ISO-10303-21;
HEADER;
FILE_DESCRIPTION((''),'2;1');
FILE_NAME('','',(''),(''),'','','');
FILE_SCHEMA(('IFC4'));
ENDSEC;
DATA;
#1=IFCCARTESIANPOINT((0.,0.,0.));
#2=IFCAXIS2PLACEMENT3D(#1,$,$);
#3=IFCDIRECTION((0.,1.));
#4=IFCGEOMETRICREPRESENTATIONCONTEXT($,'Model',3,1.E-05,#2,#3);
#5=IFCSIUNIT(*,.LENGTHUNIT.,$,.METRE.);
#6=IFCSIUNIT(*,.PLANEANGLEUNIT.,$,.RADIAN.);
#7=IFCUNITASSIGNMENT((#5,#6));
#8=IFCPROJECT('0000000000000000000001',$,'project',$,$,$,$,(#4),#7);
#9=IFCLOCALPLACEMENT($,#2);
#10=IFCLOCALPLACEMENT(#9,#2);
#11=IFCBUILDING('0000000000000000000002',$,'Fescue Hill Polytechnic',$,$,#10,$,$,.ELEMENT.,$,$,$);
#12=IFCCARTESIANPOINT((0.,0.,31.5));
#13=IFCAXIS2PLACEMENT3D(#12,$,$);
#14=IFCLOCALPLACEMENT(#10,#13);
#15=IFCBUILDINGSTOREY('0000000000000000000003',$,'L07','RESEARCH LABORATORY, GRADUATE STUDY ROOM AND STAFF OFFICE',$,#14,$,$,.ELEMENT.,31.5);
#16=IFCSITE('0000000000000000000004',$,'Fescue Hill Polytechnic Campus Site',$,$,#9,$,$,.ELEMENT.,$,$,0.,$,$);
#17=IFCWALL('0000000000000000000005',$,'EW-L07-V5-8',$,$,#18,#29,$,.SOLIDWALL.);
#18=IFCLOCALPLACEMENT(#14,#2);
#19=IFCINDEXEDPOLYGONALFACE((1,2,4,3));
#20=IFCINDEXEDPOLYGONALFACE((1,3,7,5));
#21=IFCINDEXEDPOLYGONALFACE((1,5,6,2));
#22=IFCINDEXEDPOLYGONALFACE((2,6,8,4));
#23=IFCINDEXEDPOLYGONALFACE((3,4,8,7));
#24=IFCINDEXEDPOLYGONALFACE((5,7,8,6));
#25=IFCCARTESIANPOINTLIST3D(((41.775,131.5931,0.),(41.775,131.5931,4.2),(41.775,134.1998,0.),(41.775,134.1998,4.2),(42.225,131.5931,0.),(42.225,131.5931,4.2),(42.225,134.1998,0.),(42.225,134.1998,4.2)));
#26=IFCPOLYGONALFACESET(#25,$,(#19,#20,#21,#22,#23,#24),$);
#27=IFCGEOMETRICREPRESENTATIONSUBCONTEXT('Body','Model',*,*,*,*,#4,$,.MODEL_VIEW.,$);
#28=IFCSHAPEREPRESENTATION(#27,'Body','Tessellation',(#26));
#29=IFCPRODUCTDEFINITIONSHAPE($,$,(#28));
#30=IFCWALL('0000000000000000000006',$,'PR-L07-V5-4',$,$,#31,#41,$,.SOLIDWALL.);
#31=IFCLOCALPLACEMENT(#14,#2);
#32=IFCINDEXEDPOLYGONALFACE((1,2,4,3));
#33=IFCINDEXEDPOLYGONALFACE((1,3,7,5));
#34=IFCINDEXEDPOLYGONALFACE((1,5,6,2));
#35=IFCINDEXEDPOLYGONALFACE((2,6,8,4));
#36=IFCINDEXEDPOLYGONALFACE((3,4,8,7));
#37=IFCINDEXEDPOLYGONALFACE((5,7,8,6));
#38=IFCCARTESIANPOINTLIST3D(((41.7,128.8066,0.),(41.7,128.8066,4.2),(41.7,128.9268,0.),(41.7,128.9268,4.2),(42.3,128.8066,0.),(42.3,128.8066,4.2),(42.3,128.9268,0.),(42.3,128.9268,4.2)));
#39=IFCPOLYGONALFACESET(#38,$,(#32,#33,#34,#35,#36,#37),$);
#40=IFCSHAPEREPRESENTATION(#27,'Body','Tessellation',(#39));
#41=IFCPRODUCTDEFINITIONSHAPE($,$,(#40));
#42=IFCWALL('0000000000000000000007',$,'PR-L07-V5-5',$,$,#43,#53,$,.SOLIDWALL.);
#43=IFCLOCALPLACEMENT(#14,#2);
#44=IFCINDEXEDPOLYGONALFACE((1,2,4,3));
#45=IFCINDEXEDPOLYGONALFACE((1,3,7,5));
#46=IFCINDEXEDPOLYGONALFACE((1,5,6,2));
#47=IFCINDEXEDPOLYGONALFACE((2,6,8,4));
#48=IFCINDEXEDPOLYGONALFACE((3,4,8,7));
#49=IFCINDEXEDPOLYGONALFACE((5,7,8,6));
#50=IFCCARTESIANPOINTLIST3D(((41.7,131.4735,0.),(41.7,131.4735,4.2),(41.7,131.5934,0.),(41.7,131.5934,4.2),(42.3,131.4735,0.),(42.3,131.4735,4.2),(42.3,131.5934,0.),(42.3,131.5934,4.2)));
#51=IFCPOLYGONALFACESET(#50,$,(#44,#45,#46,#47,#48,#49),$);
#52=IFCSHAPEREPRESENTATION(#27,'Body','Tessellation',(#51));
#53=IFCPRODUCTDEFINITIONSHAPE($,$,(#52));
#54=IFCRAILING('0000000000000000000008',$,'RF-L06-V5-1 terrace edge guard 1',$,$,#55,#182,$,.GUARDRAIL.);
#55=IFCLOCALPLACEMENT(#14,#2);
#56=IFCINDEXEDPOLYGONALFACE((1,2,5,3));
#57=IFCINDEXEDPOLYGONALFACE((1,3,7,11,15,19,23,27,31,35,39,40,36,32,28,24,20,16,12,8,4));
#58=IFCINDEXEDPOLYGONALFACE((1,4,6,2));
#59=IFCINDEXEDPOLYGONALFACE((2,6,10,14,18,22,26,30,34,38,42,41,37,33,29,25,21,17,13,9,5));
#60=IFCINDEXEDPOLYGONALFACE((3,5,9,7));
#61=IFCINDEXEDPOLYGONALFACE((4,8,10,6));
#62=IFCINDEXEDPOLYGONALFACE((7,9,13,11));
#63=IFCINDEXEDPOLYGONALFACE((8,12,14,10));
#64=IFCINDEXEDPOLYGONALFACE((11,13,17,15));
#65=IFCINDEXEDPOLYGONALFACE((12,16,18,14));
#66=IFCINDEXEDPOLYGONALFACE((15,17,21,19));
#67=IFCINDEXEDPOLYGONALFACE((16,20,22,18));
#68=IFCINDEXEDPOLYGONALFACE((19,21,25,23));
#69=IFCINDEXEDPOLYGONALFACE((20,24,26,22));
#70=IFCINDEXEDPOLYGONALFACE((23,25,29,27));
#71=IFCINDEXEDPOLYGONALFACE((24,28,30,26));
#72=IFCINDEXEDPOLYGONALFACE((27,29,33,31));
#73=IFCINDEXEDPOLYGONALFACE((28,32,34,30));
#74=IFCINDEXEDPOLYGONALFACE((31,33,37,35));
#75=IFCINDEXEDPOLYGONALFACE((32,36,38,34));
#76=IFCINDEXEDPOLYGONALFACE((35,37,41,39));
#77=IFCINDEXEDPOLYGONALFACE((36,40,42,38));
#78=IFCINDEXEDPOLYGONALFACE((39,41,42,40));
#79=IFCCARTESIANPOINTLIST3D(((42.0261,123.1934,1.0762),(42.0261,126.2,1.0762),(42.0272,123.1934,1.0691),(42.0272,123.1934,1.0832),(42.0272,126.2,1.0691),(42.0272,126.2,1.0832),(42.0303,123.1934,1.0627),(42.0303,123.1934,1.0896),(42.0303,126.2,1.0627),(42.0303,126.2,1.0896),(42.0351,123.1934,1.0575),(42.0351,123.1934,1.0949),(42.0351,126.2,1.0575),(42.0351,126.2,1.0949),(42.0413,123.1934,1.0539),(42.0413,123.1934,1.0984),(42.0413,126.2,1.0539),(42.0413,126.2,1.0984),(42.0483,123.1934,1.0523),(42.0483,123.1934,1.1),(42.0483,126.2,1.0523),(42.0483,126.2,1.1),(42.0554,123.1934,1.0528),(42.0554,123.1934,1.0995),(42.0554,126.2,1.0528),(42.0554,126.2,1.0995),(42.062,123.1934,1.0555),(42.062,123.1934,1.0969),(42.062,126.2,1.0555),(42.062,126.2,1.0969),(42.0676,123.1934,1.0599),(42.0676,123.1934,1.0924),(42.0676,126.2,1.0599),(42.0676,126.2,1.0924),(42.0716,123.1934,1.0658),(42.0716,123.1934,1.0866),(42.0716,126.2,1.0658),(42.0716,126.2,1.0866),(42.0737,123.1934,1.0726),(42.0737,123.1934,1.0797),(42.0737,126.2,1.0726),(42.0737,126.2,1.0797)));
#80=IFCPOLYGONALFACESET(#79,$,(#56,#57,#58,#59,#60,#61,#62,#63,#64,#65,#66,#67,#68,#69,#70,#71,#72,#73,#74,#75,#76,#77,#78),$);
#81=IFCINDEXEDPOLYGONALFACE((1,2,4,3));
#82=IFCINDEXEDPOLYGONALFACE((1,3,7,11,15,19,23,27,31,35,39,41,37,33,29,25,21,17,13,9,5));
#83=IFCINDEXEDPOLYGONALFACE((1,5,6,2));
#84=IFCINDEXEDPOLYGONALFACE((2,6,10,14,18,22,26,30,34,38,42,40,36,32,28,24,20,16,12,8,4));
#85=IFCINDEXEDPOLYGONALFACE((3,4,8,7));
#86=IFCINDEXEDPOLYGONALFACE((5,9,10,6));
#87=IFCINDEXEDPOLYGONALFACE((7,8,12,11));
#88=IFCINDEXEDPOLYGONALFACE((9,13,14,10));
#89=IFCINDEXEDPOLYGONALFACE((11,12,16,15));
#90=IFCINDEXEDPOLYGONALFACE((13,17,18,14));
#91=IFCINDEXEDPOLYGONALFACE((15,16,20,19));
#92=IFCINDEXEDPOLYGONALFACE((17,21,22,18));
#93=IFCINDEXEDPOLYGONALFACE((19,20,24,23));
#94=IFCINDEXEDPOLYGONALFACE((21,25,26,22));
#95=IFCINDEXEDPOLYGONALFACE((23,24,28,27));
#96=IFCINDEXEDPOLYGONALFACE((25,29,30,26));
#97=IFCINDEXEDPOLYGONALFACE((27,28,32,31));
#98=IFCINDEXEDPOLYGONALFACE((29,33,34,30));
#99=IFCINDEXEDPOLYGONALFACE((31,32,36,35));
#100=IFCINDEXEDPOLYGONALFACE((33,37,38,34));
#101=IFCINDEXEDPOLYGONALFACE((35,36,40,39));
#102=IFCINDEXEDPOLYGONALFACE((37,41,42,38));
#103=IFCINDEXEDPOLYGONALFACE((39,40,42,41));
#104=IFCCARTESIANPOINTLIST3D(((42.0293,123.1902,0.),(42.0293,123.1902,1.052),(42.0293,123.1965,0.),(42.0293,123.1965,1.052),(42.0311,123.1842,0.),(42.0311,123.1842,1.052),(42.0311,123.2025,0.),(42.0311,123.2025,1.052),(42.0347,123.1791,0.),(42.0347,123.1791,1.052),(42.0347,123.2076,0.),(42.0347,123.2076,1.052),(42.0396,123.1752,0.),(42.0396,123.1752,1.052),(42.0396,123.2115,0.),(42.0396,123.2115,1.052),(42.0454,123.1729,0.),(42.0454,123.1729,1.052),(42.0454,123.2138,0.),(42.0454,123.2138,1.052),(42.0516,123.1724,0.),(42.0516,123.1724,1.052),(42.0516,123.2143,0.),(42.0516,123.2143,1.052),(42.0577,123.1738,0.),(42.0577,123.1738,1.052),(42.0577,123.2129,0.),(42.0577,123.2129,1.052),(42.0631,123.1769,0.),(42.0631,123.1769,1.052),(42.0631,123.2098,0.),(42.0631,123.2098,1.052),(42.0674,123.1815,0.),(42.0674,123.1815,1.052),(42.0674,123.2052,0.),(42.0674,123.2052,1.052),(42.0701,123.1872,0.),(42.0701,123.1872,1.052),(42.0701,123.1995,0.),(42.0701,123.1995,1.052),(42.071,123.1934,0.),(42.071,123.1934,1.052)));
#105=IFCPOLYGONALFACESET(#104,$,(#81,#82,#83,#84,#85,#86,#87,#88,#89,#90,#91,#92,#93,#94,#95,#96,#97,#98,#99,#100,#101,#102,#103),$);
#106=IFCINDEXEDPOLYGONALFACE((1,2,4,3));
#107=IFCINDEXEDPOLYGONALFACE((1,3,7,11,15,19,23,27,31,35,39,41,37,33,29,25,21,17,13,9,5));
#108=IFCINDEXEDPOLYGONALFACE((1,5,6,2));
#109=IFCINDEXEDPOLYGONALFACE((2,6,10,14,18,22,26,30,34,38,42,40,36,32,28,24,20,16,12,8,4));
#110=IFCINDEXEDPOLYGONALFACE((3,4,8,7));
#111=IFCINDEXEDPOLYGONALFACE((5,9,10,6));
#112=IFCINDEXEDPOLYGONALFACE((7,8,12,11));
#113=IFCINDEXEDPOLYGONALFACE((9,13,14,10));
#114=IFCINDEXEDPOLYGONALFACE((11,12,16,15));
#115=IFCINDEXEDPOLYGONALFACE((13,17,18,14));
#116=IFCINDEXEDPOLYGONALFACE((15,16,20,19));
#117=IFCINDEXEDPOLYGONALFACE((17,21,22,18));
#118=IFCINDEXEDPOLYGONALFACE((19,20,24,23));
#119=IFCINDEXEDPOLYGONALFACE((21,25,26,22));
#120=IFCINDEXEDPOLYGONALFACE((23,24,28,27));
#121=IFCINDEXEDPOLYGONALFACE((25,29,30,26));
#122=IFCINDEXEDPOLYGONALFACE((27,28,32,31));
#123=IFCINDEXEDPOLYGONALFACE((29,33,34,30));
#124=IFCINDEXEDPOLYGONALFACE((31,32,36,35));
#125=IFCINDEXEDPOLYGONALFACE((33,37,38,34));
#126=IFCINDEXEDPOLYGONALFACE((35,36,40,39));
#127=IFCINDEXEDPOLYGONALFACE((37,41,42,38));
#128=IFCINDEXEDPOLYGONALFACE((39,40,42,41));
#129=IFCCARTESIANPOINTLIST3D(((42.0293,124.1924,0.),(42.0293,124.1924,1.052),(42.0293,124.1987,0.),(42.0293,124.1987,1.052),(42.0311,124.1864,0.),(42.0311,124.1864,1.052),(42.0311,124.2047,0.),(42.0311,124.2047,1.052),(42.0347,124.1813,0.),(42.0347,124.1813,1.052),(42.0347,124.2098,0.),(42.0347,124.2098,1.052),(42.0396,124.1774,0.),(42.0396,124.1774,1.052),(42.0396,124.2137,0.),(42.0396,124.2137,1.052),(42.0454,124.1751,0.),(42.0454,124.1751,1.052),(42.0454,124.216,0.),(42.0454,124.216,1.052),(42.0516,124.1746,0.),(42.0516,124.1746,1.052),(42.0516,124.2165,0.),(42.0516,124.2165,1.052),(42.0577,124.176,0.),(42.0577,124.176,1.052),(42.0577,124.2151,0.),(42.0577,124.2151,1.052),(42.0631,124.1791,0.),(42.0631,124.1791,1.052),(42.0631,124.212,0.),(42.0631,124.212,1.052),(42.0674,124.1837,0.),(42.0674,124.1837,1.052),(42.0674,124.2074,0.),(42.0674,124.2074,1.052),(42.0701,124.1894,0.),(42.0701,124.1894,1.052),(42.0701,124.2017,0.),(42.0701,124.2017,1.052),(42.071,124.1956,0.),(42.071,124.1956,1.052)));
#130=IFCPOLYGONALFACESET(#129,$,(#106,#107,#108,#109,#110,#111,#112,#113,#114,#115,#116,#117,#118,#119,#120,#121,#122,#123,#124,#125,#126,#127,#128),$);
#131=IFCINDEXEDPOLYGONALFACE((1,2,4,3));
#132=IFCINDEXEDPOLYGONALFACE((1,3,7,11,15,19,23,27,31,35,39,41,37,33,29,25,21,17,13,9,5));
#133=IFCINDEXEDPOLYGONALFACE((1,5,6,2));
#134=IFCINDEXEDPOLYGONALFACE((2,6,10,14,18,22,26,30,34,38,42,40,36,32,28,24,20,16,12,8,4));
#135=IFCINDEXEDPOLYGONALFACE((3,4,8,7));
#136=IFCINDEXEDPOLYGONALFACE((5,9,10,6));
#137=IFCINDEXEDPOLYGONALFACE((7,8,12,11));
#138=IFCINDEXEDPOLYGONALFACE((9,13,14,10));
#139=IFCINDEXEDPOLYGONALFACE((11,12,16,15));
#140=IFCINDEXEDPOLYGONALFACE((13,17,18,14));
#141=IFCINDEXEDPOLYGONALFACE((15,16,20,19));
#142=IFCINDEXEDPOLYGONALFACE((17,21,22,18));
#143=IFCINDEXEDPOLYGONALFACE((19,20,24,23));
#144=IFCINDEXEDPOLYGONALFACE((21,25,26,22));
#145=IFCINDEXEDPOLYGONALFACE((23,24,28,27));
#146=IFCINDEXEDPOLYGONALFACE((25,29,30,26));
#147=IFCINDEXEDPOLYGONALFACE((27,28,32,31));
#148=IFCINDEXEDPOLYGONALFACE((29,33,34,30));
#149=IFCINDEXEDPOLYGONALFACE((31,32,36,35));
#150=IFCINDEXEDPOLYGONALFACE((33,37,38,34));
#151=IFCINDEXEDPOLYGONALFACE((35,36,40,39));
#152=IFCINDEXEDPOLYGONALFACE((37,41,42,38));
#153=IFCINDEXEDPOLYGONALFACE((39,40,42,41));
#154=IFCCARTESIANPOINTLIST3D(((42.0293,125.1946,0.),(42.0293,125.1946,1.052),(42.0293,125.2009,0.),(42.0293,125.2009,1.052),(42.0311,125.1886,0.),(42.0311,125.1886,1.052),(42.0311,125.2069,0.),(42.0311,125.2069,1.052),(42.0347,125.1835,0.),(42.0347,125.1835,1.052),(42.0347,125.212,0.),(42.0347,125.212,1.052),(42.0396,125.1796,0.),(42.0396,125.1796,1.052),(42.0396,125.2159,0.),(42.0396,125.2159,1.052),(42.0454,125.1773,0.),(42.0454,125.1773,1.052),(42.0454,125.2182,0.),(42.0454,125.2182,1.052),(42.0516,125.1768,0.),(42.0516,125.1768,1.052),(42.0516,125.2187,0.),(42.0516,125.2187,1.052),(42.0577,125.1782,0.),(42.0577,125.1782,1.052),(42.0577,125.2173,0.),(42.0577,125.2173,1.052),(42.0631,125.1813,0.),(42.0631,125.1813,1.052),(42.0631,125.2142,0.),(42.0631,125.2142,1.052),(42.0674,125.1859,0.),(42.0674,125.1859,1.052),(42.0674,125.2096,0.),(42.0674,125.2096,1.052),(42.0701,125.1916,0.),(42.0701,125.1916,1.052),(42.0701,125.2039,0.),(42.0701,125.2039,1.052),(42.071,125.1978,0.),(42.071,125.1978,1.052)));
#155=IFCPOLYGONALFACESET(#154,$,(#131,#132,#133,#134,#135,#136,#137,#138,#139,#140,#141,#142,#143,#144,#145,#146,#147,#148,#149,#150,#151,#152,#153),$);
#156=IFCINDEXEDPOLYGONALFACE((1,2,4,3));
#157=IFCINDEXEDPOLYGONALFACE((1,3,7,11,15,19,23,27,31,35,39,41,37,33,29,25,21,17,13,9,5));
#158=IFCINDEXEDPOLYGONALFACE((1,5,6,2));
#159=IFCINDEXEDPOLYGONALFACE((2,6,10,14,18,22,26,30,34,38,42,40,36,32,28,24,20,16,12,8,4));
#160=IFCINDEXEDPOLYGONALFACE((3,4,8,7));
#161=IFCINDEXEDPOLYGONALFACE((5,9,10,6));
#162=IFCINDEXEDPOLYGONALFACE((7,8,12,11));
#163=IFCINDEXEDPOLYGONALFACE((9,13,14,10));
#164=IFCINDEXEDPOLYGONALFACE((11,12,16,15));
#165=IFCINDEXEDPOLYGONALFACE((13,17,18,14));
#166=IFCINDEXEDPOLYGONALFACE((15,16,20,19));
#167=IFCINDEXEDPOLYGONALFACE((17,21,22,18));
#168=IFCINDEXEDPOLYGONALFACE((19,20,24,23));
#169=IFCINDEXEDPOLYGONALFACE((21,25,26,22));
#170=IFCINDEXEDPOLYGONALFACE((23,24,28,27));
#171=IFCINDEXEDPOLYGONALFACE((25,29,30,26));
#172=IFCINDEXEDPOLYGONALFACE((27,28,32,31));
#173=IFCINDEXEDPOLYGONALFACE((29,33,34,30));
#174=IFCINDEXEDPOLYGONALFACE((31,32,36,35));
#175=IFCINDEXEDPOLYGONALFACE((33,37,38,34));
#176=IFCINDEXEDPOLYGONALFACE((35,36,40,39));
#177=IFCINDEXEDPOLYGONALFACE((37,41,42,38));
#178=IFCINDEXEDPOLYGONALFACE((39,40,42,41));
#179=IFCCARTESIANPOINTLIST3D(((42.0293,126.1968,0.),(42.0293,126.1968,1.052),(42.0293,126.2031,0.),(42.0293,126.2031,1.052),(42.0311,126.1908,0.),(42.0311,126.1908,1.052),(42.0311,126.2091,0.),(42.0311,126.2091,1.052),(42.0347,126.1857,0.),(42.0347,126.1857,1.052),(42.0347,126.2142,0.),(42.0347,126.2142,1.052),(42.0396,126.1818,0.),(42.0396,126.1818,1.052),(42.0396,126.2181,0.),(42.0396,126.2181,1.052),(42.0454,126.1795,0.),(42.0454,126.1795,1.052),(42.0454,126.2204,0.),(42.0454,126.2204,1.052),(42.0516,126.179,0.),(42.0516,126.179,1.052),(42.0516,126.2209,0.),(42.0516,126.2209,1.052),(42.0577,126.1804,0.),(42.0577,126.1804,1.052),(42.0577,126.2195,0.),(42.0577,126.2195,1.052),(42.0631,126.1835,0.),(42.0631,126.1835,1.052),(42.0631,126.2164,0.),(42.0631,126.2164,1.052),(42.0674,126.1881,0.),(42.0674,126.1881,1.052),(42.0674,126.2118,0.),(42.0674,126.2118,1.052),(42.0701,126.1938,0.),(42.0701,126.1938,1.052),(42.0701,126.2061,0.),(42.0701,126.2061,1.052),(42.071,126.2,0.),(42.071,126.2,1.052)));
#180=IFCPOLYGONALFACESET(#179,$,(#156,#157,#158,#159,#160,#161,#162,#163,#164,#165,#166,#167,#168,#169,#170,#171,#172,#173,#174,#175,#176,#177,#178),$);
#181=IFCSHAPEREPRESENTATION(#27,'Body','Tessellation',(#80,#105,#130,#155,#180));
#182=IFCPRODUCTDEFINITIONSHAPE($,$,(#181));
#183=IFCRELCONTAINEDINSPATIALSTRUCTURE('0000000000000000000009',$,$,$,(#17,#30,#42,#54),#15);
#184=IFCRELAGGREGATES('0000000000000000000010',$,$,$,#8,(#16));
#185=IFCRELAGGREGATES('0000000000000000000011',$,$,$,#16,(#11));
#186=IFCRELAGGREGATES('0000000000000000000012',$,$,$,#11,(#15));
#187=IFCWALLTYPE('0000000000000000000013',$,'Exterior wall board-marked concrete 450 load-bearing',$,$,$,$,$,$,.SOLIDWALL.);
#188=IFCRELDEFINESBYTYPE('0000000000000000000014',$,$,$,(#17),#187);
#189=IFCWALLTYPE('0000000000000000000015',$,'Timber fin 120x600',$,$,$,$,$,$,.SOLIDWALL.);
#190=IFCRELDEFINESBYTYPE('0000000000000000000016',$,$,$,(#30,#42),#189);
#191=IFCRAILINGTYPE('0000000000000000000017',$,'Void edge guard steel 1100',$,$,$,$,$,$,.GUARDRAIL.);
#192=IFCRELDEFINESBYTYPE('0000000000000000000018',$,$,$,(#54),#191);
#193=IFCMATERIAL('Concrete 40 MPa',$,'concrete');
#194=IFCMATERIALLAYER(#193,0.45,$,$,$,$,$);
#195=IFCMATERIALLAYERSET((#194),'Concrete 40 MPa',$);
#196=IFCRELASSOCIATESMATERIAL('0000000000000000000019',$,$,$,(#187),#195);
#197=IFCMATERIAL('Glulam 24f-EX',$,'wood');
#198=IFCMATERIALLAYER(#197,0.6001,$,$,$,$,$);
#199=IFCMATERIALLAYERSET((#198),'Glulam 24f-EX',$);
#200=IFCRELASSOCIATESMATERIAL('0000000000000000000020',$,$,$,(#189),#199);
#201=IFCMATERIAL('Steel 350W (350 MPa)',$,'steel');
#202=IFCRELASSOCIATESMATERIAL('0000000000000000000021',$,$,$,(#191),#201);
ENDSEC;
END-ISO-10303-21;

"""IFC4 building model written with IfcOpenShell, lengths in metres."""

from ifc_helpers import new_model, si_unit, direction, frame, frame_2d, origin, origin_2d, place, context, subcontext, project, spatial, rectangle, circle, extrude, material, layer, layer_set, type_object, element, save


model = new_model("IFC4")

# Units and contexts
model_context = context("Model", 3, precision=1e-05, world=origin(), true_north=direction((0.0, 1.0)))
body_context = subcontext(model_context, "Body", "Model", "MODEL_VIEW")
ifc_project = project(units=[si_unit("LENGTHUNIT", "METRE"), si_unit("PLANEANGLEUNIT", "RADIAN")], contexts=[model_context])

# Site, building, storey
site_placement = place(None, origin())
site = spatial("IfcSite", under=ifc_project, at=site_placement, Name="Fescue Hill Polytechnic Campus Site", CompositionType="ELEMENT", RefElevation=0.0)
building_placement = place(site_placement, origin())
building = spatial("IfcBuilding", under=site, at=building_placement, Name="Fescue Hill Polytechnic", CompositionType="ELEMENT")
storey_placement = place(building_placement, frame((0.0, 0.0, 31.5)))
storey = spatial("IfcBuildingStorey", under=building, at=storey_placement, Name="L07", Description="RESEARCH LABORATORY, GRADUATE STUDY ROOM AND STAFF OFFICE", CompositionType="ELEMENT", Elevation=31.5)

# Shared definitions
ifc_material_1 = material(Name="Concrete 40 MPa", Category="concrete")

# Walls
ifc_layer_1 = layer(ifc_material_1, 0.45)
ifc_layer_set_1 = layer_set([ifc_layer_1], Name="Concrete 40 MPa")
wall_type_1 = type_object("IfcWallType", Name="Exterior wall board-marked concrete 450 load-bearing", PredefinedType="SOLIDWALL", material=ifc_layer_set_1)
wall_1_placement = place(storey_placement, frame((42.0, 131.5933, 0.0), z_axis=(0.0, 0.0, 1.0), x_axis=(0.0, 1.0, 0.0)))
element("IfcWall", 1, at=wall_1_placement, inside=storey, type_object=wall_type_1, Name="EW-L07-V5-8", PredefinedType="SOLIDWALL", context=body_context, shape_type="SweptSolid", body=[
    extrude(rectangle(XDim=2.6067, YDim=0.45, at=frame_2d((1.3032, 0.0))), origin(), (0.0, 0.0, 1.0), 4.2),
])
ifc_material_2 = material(Name="Glulam 24f-EX", Category="wood")
ifc_layer_2 = layer(ifc_material_2, 0.6001)
ifc_layer_set_2 = layer_set([ifc_layer_2], Name="Glulam 24f-EX")
wall_type_2 = type_object("IfcWallType", Name="Timber fin 120x600", PredefinedType="SOLIDWALL", material=ifc_layer_set_2)
wall_2_placement = place(storey_placement, frame((42.0, 128.8066, 0.0), z_axis=(0.0, 0.0, 1.0), x_axis=(0.0, 1.0, 0.0)))
element("IfcWall", 2, at=wall_2_placement, inside=storey, type_object=wall_type_2, Name="PR-L07-V5-4", PredefinedType="SOLIDWALL", context=body_context, shape_type="SweptSolid", body=[
    extrude(rectangle(XDim=0.1201, YDim=0.6001, at=frame_2d((0.0601, 0.0))), origin(), (0.0, 0.0, 1.0), 4.2),
])
wall_3_placement = place(storey_placement, frame((42.0, 131.4734, 0.0), z_axis=(0.0, 0.0, 1.0), x_axis=(0.0, 1.0, 0.0)))
element("IfcWall", 3, at=wall_3_placement, inside=storey, type_object=wall_type_2, Name="PR-L07-V5-5", PredefinedType="SOLIDWALL", context=body_context, shape_type="SweptSolid", body=[
    extrude(rectangle(XDim=0.1199, YDim=0.6001, at=frame_2d((0.0601, 0.0))), origin(), (0.0, 0.0, 1.0), 4.2),
])

# Railing
ifc_material_3 = material(Name="Steel 350W (350 MPa)", Category="steel")
railing_type_1 = type_object("IfcRailingType", Name="Void edge guard steel 1100", PredefinedType="GUARDRAIL", material=ifc_material_3)
railing_1_placement = place(storey_placement, frame((42.05, 123.1934, 0.0)))
element("IfcRailing", 4, at=railing_1_placement, inside=storey, type_object=railing_type_1, Name="RF-L06-V5-1 terrace edge guard 1", PredefinedType="GUARDRAIL", context=body_context, shape_type="SweptSolid", body=[
    extrude(circle(Radius=0.0239, at=origin_2d()), frame((0.0, 0.0, 1.0762), z_axis=(0.0, 1.0, 0.0), x_axis=(-1.0, 0.0, 0.0)), (0.0, 0.0, 1.0), 3.0066),
    extrude(circle(Radius=0.021, at=origin_2d()), origin(), (0.0, 0.0, 1.0), 1.052),
    extrude(circle(Radius=0.021, at=origin_2d()), frame((0.0, 1.0022, 0.0)), (0.0, 0.0, 1.0), 1.052),
    extrude(circle(Radius=0.021, at=origin_2d()), frame((0.0, 2.0044, 0.0)), (0.0, 0.0, 1.0), 1.052),
    extrude(circle(Radius=0.021, at=origin_2d()), frame((0.0, 3.0066, 0.0)), (0.0, 0.0, 1.0), 1.052),
])

save(model, "model.ifc")
